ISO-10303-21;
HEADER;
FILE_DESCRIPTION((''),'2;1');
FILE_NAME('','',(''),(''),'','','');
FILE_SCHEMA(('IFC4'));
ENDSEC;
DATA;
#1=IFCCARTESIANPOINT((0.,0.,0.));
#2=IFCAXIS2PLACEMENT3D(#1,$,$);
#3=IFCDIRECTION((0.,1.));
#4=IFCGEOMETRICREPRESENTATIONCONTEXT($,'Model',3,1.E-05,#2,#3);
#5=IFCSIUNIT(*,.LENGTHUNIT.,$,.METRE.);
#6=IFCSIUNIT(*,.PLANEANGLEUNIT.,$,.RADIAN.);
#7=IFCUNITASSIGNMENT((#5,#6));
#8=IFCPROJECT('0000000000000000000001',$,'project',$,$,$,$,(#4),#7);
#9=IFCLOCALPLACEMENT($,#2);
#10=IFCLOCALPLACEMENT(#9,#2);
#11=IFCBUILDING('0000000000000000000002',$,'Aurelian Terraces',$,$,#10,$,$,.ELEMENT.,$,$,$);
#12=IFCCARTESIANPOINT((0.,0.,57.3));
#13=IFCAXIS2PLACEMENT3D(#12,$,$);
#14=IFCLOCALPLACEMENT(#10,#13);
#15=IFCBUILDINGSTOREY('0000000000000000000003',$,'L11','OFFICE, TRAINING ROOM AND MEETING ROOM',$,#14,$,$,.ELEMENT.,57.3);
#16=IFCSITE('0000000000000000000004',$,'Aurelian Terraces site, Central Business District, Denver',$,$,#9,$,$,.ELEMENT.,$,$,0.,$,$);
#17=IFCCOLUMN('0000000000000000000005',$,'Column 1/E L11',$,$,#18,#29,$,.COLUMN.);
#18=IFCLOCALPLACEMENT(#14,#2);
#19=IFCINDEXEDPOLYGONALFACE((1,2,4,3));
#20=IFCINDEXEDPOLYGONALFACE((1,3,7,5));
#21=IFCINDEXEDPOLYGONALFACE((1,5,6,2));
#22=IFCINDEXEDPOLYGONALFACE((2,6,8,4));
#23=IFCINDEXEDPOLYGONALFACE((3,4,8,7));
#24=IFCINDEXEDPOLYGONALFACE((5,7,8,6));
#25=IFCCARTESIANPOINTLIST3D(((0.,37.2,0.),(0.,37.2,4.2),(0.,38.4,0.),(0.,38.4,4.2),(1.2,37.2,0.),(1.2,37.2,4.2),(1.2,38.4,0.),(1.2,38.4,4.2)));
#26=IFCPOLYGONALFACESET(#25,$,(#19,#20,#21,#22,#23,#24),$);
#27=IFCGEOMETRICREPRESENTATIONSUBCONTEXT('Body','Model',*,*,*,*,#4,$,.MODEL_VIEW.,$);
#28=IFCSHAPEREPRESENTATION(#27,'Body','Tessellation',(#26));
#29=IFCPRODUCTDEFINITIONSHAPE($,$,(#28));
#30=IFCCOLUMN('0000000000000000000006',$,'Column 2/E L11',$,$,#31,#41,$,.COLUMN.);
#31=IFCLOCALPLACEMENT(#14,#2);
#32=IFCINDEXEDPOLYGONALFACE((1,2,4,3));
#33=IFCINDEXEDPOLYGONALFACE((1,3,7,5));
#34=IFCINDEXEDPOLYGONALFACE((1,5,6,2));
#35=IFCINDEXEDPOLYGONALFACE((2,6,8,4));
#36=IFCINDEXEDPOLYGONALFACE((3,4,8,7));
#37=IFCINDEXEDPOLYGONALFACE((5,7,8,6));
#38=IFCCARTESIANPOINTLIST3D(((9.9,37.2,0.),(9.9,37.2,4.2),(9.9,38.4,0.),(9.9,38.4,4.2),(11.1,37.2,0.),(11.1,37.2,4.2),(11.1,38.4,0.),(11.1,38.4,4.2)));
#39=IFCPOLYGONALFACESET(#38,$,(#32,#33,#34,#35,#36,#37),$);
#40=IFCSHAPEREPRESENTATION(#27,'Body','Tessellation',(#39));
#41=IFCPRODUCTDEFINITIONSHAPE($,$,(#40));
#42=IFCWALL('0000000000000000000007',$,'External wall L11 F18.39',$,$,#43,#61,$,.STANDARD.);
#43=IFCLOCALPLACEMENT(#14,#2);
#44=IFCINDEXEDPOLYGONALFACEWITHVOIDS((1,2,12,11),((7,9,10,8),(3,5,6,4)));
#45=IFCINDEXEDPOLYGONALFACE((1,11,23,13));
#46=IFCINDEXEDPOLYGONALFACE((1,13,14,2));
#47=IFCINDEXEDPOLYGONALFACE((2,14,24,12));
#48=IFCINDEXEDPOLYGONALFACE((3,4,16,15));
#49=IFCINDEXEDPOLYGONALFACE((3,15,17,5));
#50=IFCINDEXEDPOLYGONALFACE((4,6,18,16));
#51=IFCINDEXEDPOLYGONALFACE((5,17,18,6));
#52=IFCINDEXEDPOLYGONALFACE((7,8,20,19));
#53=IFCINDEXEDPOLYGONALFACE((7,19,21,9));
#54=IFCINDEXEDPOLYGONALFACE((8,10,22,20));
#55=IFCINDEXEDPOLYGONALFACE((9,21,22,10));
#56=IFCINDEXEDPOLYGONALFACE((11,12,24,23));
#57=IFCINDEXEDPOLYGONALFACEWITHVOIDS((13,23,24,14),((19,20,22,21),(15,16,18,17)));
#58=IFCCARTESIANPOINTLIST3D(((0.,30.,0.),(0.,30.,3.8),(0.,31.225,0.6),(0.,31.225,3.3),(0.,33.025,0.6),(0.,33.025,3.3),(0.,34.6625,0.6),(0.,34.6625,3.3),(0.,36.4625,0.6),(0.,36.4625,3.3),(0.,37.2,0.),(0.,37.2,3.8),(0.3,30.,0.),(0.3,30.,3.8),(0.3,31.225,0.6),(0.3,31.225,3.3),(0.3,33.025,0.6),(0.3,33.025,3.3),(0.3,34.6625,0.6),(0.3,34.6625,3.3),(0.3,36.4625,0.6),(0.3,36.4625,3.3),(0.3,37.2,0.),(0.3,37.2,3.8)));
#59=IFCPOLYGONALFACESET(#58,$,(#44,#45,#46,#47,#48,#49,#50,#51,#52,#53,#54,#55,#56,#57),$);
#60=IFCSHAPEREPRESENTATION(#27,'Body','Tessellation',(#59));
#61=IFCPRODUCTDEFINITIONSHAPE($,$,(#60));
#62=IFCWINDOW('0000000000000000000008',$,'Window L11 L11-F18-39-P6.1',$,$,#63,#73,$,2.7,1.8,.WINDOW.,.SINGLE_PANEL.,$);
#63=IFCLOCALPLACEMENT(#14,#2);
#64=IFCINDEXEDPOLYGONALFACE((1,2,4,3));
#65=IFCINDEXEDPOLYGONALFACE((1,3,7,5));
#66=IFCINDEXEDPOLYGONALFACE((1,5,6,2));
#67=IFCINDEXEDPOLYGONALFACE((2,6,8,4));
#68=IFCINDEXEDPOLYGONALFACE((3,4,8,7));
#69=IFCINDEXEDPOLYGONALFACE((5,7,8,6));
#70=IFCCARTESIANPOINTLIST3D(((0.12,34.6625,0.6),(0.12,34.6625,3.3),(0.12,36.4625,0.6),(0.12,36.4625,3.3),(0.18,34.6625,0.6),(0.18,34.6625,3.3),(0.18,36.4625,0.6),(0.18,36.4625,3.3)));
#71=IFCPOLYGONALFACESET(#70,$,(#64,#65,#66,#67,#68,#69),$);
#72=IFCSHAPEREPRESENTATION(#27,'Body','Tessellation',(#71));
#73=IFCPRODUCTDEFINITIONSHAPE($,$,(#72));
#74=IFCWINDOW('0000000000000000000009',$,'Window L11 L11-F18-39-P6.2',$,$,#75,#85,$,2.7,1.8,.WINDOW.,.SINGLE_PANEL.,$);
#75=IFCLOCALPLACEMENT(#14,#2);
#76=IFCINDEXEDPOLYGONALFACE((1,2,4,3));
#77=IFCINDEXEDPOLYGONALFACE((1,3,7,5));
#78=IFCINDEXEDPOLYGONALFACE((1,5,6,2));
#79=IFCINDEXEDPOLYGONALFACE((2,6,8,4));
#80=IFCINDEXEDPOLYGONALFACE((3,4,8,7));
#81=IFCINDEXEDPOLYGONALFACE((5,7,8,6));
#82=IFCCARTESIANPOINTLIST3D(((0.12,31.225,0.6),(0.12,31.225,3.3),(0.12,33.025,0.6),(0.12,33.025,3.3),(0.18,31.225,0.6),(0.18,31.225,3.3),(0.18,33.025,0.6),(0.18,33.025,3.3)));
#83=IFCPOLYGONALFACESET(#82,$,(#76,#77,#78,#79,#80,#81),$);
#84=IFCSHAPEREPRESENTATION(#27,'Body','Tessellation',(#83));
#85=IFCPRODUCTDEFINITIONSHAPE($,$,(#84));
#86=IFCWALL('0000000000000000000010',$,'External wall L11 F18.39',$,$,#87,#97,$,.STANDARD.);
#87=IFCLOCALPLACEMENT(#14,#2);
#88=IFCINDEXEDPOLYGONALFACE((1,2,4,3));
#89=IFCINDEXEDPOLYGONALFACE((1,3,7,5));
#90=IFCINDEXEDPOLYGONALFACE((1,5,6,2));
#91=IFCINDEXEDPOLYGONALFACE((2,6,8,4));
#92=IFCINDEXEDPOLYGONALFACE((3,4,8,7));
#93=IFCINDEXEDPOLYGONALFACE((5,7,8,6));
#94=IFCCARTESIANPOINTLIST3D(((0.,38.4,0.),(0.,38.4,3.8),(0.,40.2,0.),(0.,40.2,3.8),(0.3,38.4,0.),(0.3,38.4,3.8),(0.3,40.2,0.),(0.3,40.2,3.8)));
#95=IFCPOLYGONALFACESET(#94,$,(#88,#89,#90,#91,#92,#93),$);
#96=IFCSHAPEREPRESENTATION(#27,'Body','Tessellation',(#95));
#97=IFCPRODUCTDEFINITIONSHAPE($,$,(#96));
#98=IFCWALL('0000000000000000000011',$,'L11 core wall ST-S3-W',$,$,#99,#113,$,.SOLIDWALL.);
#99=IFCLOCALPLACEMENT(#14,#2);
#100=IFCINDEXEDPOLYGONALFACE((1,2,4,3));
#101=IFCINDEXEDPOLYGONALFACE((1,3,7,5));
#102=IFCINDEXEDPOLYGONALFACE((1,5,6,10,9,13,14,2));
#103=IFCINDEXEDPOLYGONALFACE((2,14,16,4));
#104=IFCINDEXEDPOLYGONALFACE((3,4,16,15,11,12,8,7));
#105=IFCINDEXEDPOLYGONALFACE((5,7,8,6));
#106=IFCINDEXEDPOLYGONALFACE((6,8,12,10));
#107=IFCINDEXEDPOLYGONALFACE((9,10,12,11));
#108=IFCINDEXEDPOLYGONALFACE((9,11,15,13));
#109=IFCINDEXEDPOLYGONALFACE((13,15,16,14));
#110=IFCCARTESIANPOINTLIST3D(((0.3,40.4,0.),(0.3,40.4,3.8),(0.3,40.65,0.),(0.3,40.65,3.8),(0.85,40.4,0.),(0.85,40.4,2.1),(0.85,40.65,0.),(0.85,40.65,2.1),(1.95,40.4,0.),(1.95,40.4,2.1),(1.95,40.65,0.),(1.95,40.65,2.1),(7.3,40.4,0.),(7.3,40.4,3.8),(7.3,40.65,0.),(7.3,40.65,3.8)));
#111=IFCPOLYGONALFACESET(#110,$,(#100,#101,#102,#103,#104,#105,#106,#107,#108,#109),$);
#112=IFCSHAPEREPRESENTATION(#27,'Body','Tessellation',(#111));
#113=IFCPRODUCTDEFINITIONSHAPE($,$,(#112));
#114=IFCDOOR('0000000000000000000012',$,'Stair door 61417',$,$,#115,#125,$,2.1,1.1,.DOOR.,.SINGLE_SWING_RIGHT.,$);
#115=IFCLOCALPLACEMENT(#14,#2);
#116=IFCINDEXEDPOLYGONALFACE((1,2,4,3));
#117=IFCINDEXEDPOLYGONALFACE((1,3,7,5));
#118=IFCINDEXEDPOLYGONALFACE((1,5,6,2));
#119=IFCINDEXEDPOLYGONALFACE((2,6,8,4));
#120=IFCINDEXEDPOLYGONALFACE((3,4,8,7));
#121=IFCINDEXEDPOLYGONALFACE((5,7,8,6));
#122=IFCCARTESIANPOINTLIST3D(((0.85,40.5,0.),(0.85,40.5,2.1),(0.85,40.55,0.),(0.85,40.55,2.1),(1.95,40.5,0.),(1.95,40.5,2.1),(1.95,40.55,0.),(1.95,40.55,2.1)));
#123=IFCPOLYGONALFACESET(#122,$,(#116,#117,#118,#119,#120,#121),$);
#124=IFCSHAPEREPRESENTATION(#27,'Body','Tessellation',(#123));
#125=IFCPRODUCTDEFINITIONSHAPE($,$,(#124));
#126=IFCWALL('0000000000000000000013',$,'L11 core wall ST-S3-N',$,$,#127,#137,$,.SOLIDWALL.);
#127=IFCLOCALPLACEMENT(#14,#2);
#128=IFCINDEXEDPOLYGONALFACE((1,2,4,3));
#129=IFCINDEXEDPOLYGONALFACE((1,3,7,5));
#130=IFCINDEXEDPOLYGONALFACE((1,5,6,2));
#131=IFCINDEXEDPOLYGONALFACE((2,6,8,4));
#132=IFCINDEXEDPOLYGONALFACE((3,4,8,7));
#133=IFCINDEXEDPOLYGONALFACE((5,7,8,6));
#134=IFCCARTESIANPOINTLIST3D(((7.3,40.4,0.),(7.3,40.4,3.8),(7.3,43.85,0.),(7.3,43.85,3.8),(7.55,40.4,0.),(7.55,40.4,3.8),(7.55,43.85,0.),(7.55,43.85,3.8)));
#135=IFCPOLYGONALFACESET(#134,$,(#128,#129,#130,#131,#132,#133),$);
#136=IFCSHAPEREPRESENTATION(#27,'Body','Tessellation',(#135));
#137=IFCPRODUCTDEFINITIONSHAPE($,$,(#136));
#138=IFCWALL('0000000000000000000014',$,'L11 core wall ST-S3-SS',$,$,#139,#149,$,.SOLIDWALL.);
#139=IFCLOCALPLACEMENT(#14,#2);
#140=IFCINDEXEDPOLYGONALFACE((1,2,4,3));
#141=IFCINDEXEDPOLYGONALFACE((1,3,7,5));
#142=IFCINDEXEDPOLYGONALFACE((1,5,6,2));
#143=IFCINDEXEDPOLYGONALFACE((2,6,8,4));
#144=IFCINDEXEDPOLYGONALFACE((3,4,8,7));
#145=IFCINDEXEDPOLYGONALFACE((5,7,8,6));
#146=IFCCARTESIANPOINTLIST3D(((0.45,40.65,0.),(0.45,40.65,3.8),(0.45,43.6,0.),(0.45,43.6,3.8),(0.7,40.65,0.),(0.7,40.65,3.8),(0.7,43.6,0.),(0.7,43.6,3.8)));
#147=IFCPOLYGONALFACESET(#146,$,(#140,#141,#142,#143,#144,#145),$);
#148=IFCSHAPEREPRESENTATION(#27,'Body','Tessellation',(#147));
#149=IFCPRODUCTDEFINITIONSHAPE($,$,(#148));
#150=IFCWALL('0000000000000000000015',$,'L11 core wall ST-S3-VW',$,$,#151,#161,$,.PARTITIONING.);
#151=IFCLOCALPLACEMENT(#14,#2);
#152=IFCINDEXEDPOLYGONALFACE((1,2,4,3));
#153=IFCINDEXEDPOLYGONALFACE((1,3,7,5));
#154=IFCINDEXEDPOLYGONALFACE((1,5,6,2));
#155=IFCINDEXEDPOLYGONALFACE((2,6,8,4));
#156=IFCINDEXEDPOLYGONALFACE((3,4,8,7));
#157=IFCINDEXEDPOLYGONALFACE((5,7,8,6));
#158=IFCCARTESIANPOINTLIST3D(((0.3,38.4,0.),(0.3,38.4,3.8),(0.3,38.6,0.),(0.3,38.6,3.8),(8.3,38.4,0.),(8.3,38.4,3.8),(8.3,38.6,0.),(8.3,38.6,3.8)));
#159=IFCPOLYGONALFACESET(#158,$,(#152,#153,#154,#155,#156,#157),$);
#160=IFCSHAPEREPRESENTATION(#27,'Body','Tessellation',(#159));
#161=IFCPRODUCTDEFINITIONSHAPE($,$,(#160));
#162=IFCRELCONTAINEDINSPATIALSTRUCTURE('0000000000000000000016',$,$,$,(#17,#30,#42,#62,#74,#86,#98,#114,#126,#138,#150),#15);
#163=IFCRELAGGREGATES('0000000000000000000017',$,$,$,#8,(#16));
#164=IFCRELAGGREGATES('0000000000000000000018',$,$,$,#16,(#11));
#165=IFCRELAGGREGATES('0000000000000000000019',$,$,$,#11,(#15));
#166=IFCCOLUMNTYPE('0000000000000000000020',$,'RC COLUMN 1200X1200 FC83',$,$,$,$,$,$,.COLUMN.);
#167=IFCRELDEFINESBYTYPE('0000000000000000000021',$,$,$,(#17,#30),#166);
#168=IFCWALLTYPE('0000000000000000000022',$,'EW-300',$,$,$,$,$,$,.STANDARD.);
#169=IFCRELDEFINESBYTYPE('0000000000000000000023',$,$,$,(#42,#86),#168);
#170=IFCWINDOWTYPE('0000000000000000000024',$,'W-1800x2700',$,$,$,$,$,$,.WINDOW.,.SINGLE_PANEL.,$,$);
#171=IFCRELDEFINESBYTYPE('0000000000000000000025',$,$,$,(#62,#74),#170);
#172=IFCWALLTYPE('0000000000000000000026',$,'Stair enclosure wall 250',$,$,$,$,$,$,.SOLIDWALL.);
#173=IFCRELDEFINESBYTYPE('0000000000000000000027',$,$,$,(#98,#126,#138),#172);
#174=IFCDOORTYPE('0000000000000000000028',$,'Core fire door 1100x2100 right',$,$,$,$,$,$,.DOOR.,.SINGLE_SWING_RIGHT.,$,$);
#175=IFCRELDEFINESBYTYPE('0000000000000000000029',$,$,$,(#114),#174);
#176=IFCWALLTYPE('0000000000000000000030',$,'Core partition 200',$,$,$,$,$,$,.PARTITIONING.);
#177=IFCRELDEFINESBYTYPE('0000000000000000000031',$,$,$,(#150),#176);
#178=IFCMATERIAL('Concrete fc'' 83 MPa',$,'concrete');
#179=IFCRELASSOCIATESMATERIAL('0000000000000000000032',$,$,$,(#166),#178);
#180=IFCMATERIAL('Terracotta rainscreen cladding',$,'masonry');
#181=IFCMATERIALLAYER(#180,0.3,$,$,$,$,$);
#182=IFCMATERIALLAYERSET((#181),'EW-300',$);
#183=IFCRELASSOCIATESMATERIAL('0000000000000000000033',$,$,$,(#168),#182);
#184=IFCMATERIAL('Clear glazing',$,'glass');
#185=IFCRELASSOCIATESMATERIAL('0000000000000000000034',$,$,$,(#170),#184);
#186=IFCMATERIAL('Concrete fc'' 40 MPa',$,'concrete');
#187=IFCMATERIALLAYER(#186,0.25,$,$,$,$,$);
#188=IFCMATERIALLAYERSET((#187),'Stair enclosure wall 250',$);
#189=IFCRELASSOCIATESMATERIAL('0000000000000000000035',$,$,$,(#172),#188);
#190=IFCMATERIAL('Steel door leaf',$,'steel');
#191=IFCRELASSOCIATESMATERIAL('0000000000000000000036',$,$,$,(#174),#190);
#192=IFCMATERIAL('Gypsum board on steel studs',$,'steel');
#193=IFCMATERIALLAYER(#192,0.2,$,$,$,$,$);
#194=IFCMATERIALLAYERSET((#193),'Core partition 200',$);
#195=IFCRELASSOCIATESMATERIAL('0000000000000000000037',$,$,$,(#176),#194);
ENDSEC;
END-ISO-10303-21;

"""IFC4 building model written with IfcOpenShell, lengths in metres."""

from ifc_helpers import new_model, si_unit, direction, frame, frame_2d, origin, origin_2d, place, context, subcontext, project, spatial, rectangle, extrude, source, transform, mapped, material, layer, layer_set, material_profile, profile_set, type_object, element, fill, save


model = new_model("IFC4")

# Units and contexts
model_context = context("Model", 3, precision=1e-05, world=origin(), true_north=direction((0.0, 1.0)))
body_context = subcontext(model_context, "Body", "Model", "MODEL_VIEW")
ifc_project = project(units=[si_unit("LENGTHUNIT", "METRE"), si_unit("PLANEANGLEUNIT", "RADIAN")], contexts=[model_context])

# Site, building, storey
site_placement = place(None, origin())
site = spatial("IfcSite", under=ifc_project, at=site_placement, Name="Aurelian Terraces site, Central Business District, Denver", CompositionType="ELEMENT", RefElevation=0.0)
building_placement = place(site_placement, origin())
building = spatial("IfcBuilding", under=site, at=building_placement, Name="Aurelian Terraces", CompositionType="ELEMENT")
storey_placement = place(building_placement, frame((0.0, 0.0, 57.3)))
storey = spatial("IfcBuildingStorey", under=building, at=storey_placement, Name="L11", Description="OFFICE, TRAINING ROOM AND MEETING ROOM", CompositionType="ELEMENT", Elevation=57.3)

# Columns
ifc_material_1 = material(Name="Concrete fc' 83 MPa", Category="concrete")
ifc_material_profile = material_profile(ifc_material_1, rectangle(XDim=1.2, YDim=1.2, at=origin_2d()))
ifc_profile_set = profile_set([ifc_material_profile], Name="Concrete fc' 83 MPa")
column_type = type_object("IfcColumnType", Name="RC COLUMN 1200X1200 FC83", PredefinedType="COLUMN", material=ifc_profile_set)
shared_shape_1 = source(origin(), body_context, "Body", "SweptSolid", [
    extrude(rectangle(XDim=1.2, YDim=1.2, at=origin_2d()), origin(), (0.0, 0.0, 1.0), 4.2),
])
for number, where, z_axis, x_axis, name in (
    (1, (0.6, 37.8, 0.0), (0.0, 0.0, 1.0), (1.0, 0.0, 0.0), "Column 1/E L11"),
    (2, (10.5, 37.8, 0.0), (0.0, 0.0, 1.0), (1.0, 0.0, 0.0), "Column 2/E L11"),
):
    element("IfcColumn", number, at=place(storey_placement, frame(where, z_axis=z_axis, x_axis=x_axis)), inside=storey, type_object=column_type, Name=name, PredefinedType="COLUMN", context=body_context, shape_type="MappedRepresentation", body=[
        mapped(shared_shape_1, transform((0.0, 0.0, 0.0), scale=1.0)),
    ])

# Wall, openings, windows
ifc_material_2 = material(Name="Terracotta rainscreen cladding", Category="masonry")
ifc_layer_1 = layer(ifc_material_2, 0.3)
ifc_layer_set_1 = layer_set([ifc_layer_1], Name="EW-300")
wall_type_1 = type_object("IfcWallType", Name="EW-300", PredefinedType="STANDARD", material=ifc_layer_set_1)
shared_shape_2 = source(origin(), body_context, "Body", "SweptSolid", [
    extrude(rectangle(XDim=7.2, YDim=0.3, at=frame_2d((3.6, 0.0))), origin(), (0.0, 0.0, 1.0), 3.8),
])
wall_1_placement = place(storey_placement, frame((0.15, 37.2, 0.0), z_axis=(0.0, 0.0, 1.0), x_axis=(0.0, -1.0, 0.0)))
wall_1 = element("IfcWall", 3, at=wall_1_placement, inside=storey, type_object=wall_type_1, Name="External wall L11 F18.39", PredefinedType="STANDARD", context=body_context, shape_type="MappedRepresentation", body=[
    mapped(shared_shape_2, transform((0.0, 0.0, 0.0), scale=1.0)),
])
shared_shape_3 = source(origin(), body_context, "Body", "SweptSolid", [
    extrude(rectangle(XDim=1.8, YDim=2.7, at=frame_2d((0.9, 1.35))), frame((0.0, 0.16, 0.0), z_axis=(0.0, -1.0, 0.0), x_axis=(1.0, 0.0, 0.0)), (0.0, 0.0, 1.0), 0.32),
])
opening_1_placement = place(wall_1_placement, frame((0.7375, 0.0, 0.6)))
opening_1 = element("IfcOpeningElement", 4, at=opening_1_placement, cuts=wall_1, PredefinedType="OPENING", context=body_context, shape_type="MappedRepresentation", body=[
    mapped(shared_shape_3, transform((0.0, 0.0, 0.0), scale=1.0)),
])
opening_2_placement = place(wall_1_placement, frame((4.175, 0.0, 0.6)))
opening_2 = element("IfcOpeningElement", 5, at=opening_2_placement, cuts=wall_1, PredefinedType="OPENING", context=body_context, shape_type="MappedRepresentation", body=[
    mapped(shared_shape_3, transform((0.0, 0.0, 0.0), scale=1.0)),
])
ifc_material_3 = material(Name="Clear glazing", Category="glass")
window_type = type_object("IfcWindowType", Name="W-1800x2700", PartitioningType="SINGLE_PANEL", PredefinedType="WINDOW", material=ifc_material_3)
shared_shape_4 = source(origin(), body_context, "Body", "SweptSolid", [
    extrude(rectangle(XDim=1.8, YDim=2.7, at=frame_2d((0.9, 1.35))), frame((0.0, 0.03, 0.0), z_axis=(0.0, -1.0, 0.0), x_axis=(1.0, 0.0, 0.0)), (0.0, 0.0, 1.0), 0.06),
])
window_1_placement = place(opening_1_placement, origin())
window_1 = element("IfcWindow", 6, at=window_1_placement, inside=storey, type_object=window_type, Name="Window L11 L11-F18-39-P6.1", OverallHeight=2.7, OverallWidth=1.8, PartitioningType="SINGLE_PANEL", PredefinedType="WINDOW", context=body_context, shape_type="MappedRepresentation", body=[
    mapped(shared_shape_4, transform((0.0, 0.0, 0.0), scale=1.0)),
])
fill(opening_1, window_1)
window_2_placement = place(opening_2_placement, origin())
window_2 = element("IfcWindow", 7, at=window_2_placement, inside=storey, type_object=window_type, Name="Window L11 L11-F18-39-P6.2", OverallHeight=2.7, OverallWidth=1.8, PartitioningType="SINGLE_PANEL", PredefinedType="WINDOW", context=body_context, shape_type="MappedRepresentation", body=[
    mapped(shared_shape_4, transform((0.0, 0.0, 0.0), scale=1.0)),
])
fill(opening_2, window_2)

# Wall
shared_shape_5 = source(origin(), body_context, "Body", "SweptSolid", [
    extrude(rectangle(XDim=1.8, YDim=0.3, at=frame_2d((0.9, 0.0))), origin(), (0.0, 0.0, 1.0), 3.8),
])
wall_2_placement = place(storey_placement, frame((0.15, 40.2, 0.0), z_axis=(0.0, 0.0, 1.0), x_axis=(0.0, -1.0, 0.0)))
element("IfcWall", 8, at=wall_2_placement, inside=storey, type_object=wall_type_1, Name="External wall L11 F18.39", PredefinedType="STANDARD", context=body_context, shape_type="MappedRepresentation", body=[
    mapped(shared_shape_5, transform((0.0, 0.0, 0.0), scale=1.0)),
])

# Wall, opening, door
ifc_material_4 = material(Name="Concrete fc' 40 MPa", Category="concrete")
ifc_layer_2 = layer(ifc_material_4, 0.25)
ifc_layer_set_2 = layer_set([ifc_layer_2], Name="Stair enclosure wall 250")
wall_type_2 = type_object("IfcWallType", Name="Stair enclosure wall 250", PredefinedType="SOLIDWALL", material=ifc_layer_set_2)
shared_shape_6 = source(origin(), body_context, "Body", "SweptSolid", [
    extrude(rectangle(XDim=7.0, YDim=0.25, at=frame_2d((3.5, 0.0))), origin(), (0.0, 0.0, 1.0), 3.8),
])
wall_3_placement = place(storey_placement, frame((0.3, 40.525, 0.0), z_axis=(0.0, 0.0, 1.0), x_axis=(1.0, 0.0, 0.0)))
wall_3 = element("IfcWall", 9, at=wall_3_placement, inside=storey, type_object=wall_type_2, Name="L11 core wall ST-S3-W", PredefinedType="SOLIDWALL", context=body_context, shape_type="MappedRepresentation", body=[
    mapped(shared_shape_6, transform((0.0, 0.0, 0.0), scale=1.0)),
])
shared_shape_7 = source(origin(), body_context, "Body", "SweptSolid", [
    extrude(rectangle(XDim=1.1, YDim=2.1, at=frame_2d((0.55, 1.05))), frame((0.0, 0.135, 0.0), z_axis=(0.0, -1.0, 0.0), x_axis=(1.0, 0.0, 0.0)), (0.0, 0.0, 1.0), 0.27),
])
opening_3_placement = place(wall_3_placement, frame((0.55, 0.0, 0.0)))
opening_3 = element("IfcOpeningElement", 10, at=opening_3_placement, cuts=wall_3, PredefinedType="OPENING", context=body_context, shape_type="MappedRepresentation", body=[
    mapped(shared_shape_7, transform((0.0, 0.0, 0.0), scale=1.0)),
])
ifc_material_5 = material(Name="Steel door leaf", Category="steel")
door_type_1 = type_object("IfcDoorType", Name="Core fire door 1100x2100 right", OperationType="SINGLE_SWING_RIGHT", PredefinedType="DOOR", material=ifc_material_5)
shared_shape_8 = source(origin(), body_context, "Body", "SweptSolid", [
    extrude(rectangle(XDim=1.1, YDim=2.1, at=frame_2d((0.55, 1.05))), frame((0.0, 0.025, 0.0), z_axis=(0.0, -1.0, 0.0), x_axis=(1.0, 0.0, 0.0)), (0.0, 0.0, 1.0), 0.05),
])
door_1_placement = place(opening_3_placement, origin())
door_1 = element("IfcDoor", 11, at=door_1_placement, inside=storey, type_object=door_type_1, Name="Stair door 61417", OperationType="SINGLE_SWING_RIGHT", OverallHeight=2.1, OverallWidth=1.1, PredefinedType="DOOR", context=body_context, shape_type="MappedRepresentation", body=[
    mapped(shared_shape_8, transform((0.0, 0.0, 0.0), scale=1.0)),
])
fill(opening_3, door_1)

# Walls
shared_shape_9 = source(origin(), body_context, "Body", "SweptSolid", [
    extrude(rectangle(XDim=3.45, YDim=0.25, at=frame_2d((1.725, 0.0))), origin(), (0.0, 0.0, 1.0), 3.8),
])
wall_4_placement = place(storey_placement, frame((7.425, 40.4, 0.0), z_axis=(0.0, 0.0, 1.0), x_axis=(0.0, 1.0, 0.0)))
element("IfcWall", 12, at=wall_4_placement, inside=storey, type_object=wall_type_2, Name="L11 core wall ST-S3-N", PredefinedType="SOLIDWALL", context=body_context, shape_type="MappedRepresentation", body=[
    mapped(shared_shape_9, transform((0.0, 0.0, 0.0), scale=1.0)),
])
shared_shape_10 = source(origin(), body_context, "Body", "SweptSolid", [
    extrude(rectangle(XDim=2.95, YDim=0.25, at=frame_2d((1.475, 0.0))), origin(), (0.0, 0.0, 1.0), 3.8),
])
wall_5_placement = place(storey_placement, frame((0.575, 40.65, 0.0), z_axis=(0.0, 0.0, 1.0), x_axis=(0.0, 1.0, 0.0)))
element("IfcWall", 13, at=wall_5_placement, inside=storey, type_object=wall_type_2, Name="L11 core wall ST-S3-SS", PredefinedType="SOLIDWALL", context=body_context, shape_type="MappedRepresentation", body=[
    mapped(shared_shape_10, transform((0.0, 0.0, 0.0), scale=1.0)),
])
ifc_material_6 = material(Name="Gypsum board on steel studs", Category="steel")
ifc_layer_3 = layer(ifc_material_6, 0.2)
ifc_layer_set_3 = layer_set([ifc_layer_3], Name="Core partition 200")
wall_type_3 = type_object("IfcWallType", Name="Core partition 200", PredefinedType="PARTITIONING", material=ifc_layer_set_3)
shared_shape_11 = source(origin(), body_context, "Body", "SweptSolid", [
    extrude(rectangle(XDim=8.0, YDim=0.2, at=frame_2d((4.0, 0.0))), origin(), (0.0, 0.0, 1.0), 3.8),
])
wall_6_placement = place(storey_placement, frame((0.3, 38.5, 0.0), z_axis=(0.0, 0.0, 1.0), x_axis=(1.0, 0.0, 0.0)))
element("IfcWall", 14, at=wall_6_placement, inside=storey, type_object=wall_type_3, Name="L11 core wall ST-S3-VW", PredefinedType="PARTITIONING", context=body_context, shape_type="MappedRepresentation", body=[
    mapped(shared_shape_11, transform((0.0, 0.0, 0.0), scale=1.0)),
])

save(model, "model.ifc")
